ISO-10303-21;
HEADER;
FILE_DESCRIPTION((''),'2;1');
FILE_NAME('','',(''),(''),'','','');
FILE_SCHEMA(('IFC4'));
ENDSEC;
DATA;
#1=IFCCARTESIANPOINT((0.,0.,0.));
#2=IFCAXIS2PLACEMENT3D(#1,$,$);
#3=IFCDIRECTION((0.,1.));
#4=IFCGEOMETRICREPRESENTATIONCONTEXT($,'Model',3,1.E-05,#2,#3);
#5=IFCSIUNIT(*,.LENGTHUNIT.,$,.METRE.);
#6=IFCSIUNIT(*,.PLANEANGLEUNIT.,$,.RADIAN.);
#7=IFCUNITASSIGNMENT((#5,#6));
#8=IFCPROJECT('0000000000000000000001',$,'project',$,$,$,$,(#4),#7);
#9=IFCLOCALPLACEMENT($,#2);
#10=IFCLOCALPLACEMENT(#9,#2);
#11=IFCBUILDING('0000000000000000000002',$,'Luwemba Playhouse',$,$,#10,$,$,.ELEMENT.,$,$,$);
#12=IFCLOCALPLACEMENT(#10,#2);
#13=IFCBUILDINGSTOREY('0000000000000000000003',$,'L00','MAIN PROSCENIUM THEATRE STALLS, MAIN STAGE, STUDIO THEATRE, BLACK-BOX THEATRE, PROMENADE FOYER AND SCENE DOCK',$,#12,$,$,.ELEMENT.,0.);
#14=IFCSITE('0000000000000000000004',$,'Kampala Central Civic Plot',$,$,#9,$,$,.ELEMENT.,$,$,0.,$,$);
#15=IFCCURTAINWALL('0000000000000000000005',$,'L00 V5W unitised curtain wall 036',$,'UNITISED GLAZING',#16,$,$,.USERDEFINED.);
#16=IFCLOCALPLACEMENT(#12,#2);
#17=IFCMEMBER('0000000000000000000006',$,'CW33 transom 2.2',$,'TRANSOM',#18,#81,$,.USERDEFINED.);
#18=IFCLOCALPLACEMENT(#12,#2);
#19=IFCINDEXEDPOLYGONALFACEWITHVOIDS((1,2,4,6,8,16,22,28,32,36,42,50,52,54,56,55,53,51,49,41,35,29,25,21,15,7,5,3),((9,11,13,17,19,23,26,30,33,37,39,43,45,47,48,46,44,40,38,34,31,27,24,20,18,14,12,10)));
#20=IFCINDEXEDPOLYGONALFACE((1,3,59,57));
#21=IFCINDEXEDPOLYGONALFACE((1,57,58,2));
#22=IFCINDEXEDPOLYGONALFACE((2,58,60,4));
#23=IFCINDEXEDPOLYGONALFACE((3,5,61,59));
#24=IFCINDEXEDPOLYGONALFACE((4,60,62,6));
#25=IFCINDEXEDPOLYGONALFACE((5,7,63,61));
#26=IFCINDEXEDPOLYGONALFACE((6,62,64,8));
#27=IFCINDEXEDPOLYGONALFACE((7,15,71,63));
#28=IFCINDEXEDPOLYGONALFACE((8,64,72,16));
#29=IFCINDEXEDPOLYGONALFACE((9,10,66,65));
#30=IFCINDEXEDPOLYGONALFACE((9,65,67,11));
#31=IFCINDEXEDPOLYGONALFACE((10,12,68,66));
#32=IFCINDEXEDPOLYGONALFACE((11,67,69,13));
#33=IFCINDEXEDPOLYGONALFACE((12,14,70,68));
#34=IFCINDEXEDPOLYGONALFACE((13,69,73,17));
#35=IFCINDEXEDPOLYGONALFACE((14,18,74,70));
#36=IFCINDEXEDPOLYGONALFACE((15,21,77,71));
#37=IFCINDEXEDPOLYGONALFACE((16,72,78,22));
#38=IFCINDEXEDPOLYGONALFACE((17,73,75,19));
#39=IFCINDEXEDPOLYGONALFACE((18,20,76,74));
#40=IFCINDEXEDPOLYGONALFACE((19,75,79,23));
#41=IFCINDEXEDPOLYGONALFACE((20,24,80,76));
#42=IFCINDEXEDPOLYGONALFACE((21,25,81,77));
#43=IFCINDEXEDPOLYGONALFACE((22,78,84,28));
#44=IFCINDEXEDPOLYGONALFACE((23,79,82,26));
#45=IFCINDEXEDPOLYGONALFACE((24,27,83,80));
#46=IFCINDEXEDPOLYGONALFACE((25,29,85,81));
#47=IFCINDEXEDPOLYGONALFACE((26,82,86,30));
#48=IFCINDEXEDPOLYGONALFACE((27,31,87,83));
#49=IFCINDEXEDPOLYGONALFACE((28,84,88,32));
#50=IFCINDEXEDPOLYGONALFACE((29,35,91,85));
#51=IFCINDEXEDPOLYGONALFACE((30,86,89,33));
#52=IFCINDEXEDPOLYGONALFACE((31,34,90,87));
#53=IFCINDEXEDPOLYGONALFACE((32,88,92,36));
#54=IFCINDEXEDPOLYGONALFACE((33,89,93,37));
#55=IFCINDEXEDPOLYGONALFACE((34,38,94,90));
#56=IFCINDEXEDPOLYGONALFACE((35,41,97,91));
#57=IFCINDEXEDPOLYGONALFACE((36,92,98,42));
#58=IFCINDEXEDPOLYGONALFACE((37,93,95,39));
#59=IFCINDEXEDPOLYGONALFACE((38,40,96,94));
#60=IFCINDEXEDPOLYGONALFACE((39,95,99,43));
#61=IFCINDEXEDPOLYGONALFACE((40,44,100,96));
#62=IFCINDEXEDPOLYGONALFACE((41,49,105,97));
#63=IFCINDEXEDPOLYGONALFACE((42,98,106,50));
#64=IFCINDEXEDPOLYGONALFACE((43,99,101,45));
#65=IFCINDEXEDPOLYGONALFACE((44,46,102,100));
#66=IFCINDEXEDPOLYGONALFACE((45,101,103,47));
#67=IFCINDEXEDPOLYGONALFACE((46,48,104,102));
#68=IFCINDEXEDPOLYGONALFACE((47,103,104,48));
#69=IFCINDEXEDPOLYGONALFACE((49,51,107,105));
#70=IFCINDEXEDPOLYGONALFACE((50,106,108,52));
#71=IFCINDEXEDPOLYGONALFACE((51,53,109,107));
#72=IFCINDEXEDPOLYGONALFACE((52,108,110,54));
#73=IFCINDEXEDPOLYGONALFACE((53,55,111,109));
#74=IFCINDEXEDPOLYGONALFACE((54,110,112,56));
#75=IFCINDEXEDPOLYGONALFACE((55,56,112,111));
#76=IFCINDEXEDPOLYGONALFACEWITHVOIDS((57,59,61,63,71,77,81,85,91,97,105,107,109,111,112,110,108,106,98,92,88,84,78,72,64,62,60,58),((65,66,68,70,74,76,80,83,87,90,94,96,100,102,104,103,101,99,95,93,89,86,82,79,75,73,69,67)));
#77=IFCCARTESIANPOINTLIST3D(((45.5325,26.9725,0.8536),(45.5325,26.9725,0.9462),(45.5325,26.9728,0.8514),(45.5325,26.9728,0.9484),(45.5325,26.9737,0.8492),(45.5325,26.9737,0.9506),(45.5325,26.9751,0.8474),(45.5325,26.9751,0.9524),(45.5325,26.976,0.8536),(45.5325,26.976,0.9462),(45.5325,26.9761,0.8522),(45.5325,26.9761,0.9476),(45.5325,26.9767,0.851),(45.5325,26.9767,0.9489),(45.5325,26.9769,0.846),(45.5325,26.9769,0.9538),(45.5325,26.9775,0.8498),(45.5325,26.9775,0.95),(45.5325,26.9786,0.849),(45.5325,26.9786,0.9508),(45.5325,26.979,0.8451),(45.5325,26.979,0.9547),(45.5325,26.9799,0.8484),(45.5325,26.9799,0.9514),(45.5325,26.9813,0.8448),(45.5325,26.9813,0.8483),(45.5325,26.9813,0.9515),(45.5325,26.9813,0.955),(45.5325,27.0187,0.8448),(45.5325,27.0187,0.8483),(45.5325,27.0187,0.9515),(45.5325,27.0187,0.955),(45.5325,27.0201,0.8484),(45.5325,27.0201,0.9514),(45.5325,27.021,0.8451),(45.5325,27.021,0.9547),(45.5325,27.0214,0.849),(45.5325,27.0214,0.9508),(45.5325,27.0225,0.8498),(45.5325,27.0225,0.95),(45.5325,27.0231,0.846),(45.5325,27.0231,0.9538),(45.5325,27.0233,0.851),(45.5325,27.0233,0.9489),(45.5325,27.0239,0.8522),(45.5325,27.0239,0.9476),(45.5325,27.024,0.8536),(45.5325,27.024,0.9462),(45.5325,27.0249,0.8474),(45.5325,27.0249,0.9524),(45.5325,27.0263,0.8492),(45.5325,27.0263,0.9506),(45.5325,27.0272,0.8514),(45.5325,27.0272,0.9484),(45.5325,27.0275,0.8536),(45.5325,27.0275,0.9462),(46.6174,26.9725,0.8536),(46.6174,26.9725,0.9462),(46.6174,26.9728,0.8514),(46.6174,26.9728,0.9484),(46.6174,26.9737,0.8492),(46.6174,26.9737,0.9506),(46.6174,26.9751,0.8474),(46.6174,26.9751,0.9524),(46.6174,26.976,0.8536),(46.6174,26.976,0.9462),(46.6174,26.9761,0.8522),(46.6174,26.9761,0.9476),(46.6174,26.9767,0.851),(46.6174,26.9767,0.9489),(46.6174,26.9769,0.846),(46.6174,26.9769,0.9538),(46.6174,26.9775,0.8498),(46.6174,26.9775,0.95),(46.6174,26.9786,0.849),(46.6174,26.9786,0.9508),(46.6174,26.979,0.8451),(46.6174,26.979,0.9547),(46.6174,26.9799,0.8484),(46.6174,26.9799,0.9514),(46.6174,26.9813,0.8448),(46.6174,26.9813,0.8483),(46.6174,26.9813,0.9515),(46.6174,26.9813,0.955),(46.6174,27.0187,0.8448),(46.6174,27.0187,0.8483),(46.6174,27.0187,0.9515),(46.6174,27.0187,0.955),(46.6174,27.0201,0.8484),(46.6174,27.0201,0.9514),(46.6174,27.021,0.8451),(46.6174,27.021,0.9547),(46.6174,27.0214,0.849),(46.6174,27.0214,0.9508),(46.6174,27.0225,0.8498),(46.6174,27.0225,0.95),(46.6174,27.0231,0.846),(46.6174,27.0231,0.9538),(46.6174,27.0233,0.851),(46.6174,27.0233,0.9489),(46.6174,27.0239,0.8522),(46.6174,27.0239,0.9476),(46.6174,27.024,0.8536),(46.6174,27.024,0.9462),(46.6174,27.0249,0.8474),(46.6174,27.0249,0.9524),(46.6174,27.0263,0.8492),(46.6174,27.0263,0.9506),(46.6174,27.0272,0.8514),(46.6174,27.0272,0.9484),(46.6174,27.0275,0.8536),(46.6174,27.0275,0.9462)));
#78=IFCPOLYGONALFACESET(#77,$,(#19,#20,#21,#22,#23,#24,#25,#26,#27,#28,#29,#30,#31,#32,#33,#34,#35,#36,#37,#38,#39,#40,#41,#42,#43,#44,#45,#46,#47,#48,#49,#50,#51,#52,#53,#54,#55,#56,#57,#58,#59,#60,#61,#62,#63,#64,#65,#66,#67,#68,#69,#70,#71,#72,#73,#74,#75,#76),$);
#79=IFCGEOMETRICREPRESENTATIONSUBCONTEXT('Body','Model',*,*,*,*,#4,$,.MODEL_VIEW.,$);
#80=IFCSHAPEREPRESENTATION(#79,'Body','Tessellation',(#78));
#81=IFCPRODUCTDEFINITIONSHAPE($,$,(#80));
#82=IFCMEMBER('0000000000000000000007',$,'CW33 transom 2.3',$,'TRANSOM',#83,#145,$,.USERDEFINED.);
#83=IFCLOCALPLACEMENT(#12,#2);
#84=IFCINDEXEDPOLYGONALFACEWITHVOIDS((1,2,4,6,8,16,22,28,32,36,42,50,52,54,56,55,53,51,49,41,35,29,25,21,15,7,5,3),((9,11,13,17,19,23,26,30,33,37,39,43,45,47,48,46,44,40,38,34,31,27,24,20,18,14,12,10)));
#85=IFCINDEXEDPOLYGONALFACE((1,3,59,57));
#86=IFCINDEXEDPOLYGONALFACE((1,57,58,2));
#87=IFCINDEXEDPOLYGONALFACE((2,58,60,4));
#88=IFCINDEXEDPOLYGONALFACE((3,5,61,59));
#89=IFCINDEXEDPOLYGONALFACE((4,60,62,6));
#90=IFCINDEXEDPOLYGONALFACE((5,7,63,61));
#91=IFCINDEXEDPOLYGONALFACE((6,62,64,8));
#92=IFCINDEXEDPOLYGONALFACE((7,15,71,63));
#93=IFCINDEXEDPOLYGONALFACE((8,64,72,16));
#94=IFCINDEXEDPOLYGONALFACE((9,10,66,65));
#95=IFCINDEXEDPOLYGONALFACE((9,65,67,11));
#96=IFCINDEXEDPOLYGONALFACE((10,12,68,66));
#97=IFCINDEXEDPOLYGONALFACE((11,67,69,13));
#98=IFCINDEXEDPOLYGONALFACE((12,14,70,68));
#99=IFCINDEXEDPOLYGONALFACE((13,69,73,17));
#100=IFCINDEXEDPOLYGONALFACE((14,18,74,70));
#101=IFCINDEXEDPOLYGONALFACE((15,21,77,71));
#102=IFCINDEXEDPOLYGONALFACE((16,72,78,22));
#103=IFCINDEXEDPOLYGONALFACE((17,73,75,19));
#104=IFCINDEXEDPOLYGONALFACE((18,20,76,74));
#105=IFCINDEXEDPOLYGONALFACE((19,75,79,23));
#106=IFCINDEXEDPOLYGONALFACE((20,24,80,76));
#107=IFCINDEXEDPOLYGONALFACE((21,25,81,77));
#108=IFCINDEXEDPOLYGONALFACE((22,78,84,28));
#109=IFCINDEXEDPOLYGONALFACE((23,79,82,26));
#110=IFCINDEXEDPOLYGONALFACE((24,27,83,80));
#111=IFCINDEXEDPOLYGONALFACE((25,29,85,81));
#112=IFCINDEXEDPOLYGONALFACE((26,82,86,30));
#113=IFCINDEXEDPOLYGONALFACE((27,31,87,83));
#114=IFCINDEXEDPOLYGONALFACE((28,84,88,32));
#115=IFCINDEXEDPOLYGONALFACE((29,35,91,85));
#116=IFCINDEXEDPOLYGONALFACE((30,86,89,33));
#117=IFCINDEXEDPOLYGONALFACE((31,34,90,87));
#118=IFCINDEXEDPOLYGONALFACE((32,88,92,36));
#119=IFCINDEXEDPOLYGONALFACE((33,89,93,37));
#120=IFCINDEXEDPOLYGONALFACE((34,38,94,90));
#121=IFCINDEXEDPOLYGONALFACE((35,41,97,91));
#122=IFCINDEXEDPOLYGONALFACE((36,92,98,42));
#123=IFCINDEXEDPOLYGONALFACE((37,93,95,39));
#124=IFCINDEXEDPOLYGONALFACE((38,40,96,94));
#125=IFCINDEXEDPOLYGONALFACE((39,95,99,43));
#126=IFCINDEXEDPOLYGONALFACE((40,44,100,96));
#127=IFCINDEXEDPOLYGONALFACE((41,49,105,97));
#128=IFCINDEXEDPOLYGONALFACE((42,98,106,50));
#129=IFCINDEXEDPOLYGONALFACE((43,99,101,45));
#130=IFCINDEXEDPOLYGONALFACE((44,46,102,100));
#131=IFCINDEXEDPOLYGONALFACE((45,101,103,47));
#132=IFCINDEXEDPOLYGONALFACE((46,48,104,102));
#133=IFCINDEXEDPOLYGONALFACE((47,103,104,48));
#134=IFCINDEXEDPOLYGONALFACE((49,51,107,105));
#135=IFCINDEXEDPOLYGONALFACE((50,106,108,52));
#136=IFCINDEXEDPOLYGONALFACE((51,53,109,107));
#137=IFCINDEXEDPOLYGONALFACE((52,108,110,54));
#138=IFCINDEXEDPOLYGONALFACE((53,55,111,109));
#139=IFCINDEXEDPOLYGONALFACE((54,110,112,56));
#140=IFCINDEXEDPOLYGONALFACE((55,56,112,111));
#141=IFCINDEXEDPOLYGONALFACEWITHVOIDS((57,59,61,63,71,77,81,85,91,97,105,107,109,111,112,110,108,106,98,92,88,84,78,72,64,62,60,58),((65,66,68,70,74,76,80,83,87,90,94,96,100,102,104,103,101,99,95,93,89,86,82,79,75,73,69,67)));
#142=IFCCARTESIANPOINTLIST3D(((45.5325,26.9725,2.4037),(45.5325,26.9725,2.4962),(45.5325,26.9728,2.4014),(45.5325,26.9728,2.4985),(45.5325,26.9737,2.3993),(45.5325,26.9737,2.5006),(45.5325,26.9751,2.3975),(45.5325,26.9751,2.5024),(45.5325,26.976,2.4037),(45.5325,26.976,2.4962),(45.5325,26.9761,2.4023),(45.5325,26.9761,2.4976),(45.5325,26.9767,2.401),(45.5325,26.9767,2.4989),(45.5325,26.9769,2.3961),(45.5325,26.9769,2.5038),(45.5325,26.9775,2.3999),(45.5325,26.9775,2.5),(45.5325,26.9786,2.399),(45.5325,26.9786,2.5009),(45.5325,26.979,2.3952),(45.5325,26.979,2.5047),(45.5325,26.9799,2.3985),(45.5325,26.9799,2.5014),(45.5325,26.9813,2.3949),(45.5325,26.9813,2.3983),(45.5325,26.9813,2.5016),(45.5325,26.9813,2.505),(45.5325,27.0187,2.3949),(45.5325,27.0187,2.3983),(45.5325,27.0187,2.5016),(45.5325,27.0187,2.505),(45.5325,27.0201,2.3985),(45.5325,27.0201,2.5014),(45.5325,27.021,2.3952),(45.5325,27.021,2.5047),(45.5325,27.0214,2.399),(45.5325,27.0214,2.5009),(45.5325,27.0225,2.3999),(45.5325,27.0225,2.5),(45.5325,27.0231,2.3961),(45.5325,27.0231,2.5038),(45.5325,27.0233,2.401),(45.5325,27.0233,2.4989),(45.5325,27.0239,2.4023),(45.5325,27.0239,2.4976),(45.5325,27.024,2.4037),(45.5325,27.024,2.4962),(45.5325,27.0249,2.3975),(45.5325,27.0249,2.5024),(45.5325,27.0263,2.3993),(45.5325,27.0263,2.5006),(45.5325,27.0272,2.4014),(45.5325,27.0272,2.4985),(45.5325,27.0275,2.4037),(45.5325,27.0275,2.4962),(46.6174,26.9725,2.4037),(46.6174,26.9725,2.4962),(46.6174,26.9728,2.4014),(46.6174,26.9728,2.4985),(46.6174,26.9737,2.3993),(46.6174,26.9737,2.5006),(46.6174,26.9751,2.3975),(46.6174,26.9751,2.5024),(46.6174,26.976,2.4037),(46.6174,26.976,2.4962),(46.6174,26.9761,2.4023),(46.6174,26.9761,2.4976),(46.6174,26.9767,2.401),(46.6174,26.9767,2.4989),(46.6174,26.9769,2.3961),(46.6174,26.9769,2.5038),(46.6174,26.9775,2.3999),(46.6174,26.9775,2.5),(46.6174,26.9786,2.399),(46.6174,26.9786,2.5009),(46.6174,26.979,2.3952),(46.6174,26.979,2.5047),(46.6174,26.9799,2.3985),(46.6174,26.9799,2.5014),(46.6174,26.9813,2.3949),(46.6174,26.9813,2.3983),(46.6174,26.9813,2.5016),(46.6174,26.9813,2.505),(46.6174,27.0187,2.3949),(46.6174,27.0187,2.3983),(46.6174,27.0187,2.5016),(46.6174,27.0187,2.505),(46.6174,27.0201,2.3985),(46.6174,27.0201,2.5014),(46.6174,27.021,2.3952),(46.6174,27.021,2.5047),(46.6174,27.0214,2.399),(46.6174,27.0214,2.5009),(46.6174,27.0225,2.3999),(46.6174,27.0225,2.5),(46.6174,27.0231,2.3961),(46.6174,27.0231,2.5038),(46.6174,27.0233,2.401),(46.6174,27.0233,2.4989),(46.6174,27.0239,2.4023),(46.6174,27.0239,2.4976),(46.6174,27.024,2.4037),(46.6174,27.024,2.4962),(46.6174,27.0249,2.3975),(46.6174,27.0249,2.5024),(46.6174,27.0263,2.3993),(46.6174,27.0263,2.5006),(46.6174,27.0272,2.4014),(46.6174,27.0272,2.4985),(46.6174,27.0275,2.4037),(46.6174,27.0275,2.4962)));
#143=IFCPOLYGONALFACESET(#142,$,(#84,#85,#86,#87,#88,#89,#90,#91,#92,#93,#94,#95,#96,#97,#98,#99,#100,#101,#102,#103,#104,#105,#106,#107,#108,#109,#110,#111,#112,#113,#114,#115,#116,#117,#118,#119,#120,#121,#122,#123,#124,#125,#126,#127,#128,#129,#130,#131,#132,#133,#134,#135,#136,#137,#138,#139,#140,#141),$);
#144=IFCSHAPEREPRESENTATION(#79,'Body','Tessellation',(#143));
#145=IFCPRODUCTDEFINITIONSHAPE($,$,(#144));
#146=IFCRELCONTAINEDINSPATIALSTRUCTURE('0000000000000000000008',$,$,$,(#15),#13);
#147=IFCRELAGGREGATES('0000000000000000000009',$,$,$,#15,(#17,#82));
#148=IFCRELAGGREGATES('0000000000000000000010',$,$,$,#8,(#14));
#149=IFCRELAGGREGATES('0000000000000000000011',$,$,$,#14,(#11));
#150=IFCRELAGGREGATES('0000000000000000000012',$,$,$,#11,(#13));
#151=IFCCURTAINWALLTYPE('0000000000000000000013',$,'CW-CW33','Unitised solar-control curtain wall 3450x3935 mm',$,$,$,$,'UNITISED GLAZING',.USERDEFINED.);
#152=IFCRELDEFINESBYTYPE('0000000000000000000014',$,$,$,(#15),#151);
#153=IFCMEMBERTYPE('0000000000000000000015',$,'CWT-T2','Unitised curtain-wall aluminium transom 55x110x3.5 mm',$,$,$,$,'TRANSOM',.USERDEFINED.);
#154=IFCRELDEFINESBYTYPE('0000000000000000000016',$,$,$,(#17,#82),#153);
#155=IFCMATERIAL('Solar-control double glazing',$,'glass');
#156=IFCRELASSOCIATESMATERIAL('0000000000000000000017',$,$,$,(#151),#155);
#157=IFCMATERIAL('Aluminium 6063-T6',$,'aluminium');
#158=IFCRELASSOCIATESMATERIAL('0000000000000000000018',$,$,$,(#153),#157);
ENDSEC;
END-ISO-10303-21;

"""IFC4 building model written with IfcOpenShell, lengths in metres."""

from ifc_helpers import new_model, si_unit, direction, frame, origin, origin_2d, place, context, subcontext, project, spatial, hollow_rectangle, extrude, material, material_profile, profile_set, type_object, element, aggregate, save


model = new_model("IFC4")

# Units and contexts
model_context = context("Model", 3, precision=1e-05, world=origin(), true_north=direction((0.0, 1.0)))
body_context = subcontext(model_context, "Body", "Model", "MODEL_VIEW")
ifc_project = project(units=[si_unit("LENGTHUNIT", "METRE"), si_unit("PLANEANGLEUNIT", "RADIAN")], contexts=[model_context])

# Site, building, storey
site_placement = place(None, origin())
site = spatial("IfcSite", under=ifc_project, at=site_placement, Name="Kampala Central Civic Plot", CompositionType="ELEMENT", RefElevation=0.0)
building_placement = place(site_placement, origin())
building = spatial("IfcBuilding", under=site, at=building_placement, Name="Luwemba Playhouse", CompositionType="ELEMENT")
storey_placement = place(building_placement, origin())
storey = spatial("IfcBuildingStorey", under=building, at=storey_placement, Name="L00", Description="MAIN PROSCENIUM THEATRE STALLS, MAIN STAGE, STUDIO THEATRE, BLACK-BOX THEATRE, PROMENADE FOYER AND SCENE DOCK", CompositionType="ELEMENT", Elevation=0.0)

# Curtain wall, members
ifc_material_1 = material(Name="Solar-control double glazing", Category="glass")
curtain_wall_type = type_object("IfcCurtainWallType", Name="CW-CW33", Description="Unitised solar-control curtain wall 3450x3935 mm", ElementType="UNITISED GLAZING", PredefinedType="USERDEFINED", material=ifc_material_1)
curtain_wall_placement = place(storey_placement, origin())
curtain_wall = element("IfcCurtainWall", 1, at=curtain_wall_placement, inside=storey, type_object=curtain_wall_type, Name="L00 V5W unitised curtain wall 036", ObjectType="UNITISED GLAZING", PredefinedType="USERDEFINED")
ifc_material_2 = material(Name="Aluminium 6063-T6", Category="aluminium")
ifc_material_profile_1 = material_profile(ifc_material_2, hollow_rectangle(XDim=0.0549, YDim=0.1101, WallThickness=0.0034, InnerFilletRadius=0.0054, OuterFilletRadius=0.0088, at=origin_2d()))
ifc_profile_set_1 = profile_set([ifc_material_profile_1], Name="Aluminium 6063-T6")
member_type_1 = type_object("IfcMemberType", Name="CWT-T2", Description="Unitised curtain-wall aluminium transom 55x110x3.5 mm", ElementType="TRANSOM", PredefinedType="USERDEFINED", material=ifc_profile_set_1)
member_1_placement = place(storey_placement, frame((45.5325, 27.0, 0.8999), z_axis=(1.0, 0.0, 0.0), x_axis=(0.0, 1.0, 0.0)))
member_1 = element("IfcMember", 2, at=member_1_placement, type_object=member_type_1, Name="CW33 transom 2.2", ObjectType="TRANSOM", PredefinedType="USERDEFINED", context=body_context, shape_type="SweptSolid", body=[
    extrude(hollow_rectangle(XDim=0.0549, YDim=0.1101, WallThickness=0.0034, InnerFilletRadius=0.0054, OuterFilletRadius=0.0088, at=origin_2d()), origin(), (0.0, 0.0, 1.0), 1.085),
])
member_2_placement = place(storey_placement, frame((45.5325, 27.0, 2.45), z_axis=(1.0, 0.0, 0.0), x_axis=(0.0, 1.0, 0.0)))
member_2 = element("IfcMember", 3, at=member_2_placement, type_object=member_type_1, Name="CW33 transom 2.3", ObjectType="TRANSOM", PredefinedType="USERDEFINED", context=body_context, shape_type="SweptSolid", body=[
    extrude(hollow_rectangle(XDim=0.0549, YDim=0.1101, WallThickness=0.0034, InnerFilletRadius=0.0054, OuterFilletRadius=0.0088, at=origin_2d()), origin(), (0.0, 0.0, 1.0), 1.085),
])
aggregate(curtain_wall, [member_1, member_2])

save(model, "model.ifc")
